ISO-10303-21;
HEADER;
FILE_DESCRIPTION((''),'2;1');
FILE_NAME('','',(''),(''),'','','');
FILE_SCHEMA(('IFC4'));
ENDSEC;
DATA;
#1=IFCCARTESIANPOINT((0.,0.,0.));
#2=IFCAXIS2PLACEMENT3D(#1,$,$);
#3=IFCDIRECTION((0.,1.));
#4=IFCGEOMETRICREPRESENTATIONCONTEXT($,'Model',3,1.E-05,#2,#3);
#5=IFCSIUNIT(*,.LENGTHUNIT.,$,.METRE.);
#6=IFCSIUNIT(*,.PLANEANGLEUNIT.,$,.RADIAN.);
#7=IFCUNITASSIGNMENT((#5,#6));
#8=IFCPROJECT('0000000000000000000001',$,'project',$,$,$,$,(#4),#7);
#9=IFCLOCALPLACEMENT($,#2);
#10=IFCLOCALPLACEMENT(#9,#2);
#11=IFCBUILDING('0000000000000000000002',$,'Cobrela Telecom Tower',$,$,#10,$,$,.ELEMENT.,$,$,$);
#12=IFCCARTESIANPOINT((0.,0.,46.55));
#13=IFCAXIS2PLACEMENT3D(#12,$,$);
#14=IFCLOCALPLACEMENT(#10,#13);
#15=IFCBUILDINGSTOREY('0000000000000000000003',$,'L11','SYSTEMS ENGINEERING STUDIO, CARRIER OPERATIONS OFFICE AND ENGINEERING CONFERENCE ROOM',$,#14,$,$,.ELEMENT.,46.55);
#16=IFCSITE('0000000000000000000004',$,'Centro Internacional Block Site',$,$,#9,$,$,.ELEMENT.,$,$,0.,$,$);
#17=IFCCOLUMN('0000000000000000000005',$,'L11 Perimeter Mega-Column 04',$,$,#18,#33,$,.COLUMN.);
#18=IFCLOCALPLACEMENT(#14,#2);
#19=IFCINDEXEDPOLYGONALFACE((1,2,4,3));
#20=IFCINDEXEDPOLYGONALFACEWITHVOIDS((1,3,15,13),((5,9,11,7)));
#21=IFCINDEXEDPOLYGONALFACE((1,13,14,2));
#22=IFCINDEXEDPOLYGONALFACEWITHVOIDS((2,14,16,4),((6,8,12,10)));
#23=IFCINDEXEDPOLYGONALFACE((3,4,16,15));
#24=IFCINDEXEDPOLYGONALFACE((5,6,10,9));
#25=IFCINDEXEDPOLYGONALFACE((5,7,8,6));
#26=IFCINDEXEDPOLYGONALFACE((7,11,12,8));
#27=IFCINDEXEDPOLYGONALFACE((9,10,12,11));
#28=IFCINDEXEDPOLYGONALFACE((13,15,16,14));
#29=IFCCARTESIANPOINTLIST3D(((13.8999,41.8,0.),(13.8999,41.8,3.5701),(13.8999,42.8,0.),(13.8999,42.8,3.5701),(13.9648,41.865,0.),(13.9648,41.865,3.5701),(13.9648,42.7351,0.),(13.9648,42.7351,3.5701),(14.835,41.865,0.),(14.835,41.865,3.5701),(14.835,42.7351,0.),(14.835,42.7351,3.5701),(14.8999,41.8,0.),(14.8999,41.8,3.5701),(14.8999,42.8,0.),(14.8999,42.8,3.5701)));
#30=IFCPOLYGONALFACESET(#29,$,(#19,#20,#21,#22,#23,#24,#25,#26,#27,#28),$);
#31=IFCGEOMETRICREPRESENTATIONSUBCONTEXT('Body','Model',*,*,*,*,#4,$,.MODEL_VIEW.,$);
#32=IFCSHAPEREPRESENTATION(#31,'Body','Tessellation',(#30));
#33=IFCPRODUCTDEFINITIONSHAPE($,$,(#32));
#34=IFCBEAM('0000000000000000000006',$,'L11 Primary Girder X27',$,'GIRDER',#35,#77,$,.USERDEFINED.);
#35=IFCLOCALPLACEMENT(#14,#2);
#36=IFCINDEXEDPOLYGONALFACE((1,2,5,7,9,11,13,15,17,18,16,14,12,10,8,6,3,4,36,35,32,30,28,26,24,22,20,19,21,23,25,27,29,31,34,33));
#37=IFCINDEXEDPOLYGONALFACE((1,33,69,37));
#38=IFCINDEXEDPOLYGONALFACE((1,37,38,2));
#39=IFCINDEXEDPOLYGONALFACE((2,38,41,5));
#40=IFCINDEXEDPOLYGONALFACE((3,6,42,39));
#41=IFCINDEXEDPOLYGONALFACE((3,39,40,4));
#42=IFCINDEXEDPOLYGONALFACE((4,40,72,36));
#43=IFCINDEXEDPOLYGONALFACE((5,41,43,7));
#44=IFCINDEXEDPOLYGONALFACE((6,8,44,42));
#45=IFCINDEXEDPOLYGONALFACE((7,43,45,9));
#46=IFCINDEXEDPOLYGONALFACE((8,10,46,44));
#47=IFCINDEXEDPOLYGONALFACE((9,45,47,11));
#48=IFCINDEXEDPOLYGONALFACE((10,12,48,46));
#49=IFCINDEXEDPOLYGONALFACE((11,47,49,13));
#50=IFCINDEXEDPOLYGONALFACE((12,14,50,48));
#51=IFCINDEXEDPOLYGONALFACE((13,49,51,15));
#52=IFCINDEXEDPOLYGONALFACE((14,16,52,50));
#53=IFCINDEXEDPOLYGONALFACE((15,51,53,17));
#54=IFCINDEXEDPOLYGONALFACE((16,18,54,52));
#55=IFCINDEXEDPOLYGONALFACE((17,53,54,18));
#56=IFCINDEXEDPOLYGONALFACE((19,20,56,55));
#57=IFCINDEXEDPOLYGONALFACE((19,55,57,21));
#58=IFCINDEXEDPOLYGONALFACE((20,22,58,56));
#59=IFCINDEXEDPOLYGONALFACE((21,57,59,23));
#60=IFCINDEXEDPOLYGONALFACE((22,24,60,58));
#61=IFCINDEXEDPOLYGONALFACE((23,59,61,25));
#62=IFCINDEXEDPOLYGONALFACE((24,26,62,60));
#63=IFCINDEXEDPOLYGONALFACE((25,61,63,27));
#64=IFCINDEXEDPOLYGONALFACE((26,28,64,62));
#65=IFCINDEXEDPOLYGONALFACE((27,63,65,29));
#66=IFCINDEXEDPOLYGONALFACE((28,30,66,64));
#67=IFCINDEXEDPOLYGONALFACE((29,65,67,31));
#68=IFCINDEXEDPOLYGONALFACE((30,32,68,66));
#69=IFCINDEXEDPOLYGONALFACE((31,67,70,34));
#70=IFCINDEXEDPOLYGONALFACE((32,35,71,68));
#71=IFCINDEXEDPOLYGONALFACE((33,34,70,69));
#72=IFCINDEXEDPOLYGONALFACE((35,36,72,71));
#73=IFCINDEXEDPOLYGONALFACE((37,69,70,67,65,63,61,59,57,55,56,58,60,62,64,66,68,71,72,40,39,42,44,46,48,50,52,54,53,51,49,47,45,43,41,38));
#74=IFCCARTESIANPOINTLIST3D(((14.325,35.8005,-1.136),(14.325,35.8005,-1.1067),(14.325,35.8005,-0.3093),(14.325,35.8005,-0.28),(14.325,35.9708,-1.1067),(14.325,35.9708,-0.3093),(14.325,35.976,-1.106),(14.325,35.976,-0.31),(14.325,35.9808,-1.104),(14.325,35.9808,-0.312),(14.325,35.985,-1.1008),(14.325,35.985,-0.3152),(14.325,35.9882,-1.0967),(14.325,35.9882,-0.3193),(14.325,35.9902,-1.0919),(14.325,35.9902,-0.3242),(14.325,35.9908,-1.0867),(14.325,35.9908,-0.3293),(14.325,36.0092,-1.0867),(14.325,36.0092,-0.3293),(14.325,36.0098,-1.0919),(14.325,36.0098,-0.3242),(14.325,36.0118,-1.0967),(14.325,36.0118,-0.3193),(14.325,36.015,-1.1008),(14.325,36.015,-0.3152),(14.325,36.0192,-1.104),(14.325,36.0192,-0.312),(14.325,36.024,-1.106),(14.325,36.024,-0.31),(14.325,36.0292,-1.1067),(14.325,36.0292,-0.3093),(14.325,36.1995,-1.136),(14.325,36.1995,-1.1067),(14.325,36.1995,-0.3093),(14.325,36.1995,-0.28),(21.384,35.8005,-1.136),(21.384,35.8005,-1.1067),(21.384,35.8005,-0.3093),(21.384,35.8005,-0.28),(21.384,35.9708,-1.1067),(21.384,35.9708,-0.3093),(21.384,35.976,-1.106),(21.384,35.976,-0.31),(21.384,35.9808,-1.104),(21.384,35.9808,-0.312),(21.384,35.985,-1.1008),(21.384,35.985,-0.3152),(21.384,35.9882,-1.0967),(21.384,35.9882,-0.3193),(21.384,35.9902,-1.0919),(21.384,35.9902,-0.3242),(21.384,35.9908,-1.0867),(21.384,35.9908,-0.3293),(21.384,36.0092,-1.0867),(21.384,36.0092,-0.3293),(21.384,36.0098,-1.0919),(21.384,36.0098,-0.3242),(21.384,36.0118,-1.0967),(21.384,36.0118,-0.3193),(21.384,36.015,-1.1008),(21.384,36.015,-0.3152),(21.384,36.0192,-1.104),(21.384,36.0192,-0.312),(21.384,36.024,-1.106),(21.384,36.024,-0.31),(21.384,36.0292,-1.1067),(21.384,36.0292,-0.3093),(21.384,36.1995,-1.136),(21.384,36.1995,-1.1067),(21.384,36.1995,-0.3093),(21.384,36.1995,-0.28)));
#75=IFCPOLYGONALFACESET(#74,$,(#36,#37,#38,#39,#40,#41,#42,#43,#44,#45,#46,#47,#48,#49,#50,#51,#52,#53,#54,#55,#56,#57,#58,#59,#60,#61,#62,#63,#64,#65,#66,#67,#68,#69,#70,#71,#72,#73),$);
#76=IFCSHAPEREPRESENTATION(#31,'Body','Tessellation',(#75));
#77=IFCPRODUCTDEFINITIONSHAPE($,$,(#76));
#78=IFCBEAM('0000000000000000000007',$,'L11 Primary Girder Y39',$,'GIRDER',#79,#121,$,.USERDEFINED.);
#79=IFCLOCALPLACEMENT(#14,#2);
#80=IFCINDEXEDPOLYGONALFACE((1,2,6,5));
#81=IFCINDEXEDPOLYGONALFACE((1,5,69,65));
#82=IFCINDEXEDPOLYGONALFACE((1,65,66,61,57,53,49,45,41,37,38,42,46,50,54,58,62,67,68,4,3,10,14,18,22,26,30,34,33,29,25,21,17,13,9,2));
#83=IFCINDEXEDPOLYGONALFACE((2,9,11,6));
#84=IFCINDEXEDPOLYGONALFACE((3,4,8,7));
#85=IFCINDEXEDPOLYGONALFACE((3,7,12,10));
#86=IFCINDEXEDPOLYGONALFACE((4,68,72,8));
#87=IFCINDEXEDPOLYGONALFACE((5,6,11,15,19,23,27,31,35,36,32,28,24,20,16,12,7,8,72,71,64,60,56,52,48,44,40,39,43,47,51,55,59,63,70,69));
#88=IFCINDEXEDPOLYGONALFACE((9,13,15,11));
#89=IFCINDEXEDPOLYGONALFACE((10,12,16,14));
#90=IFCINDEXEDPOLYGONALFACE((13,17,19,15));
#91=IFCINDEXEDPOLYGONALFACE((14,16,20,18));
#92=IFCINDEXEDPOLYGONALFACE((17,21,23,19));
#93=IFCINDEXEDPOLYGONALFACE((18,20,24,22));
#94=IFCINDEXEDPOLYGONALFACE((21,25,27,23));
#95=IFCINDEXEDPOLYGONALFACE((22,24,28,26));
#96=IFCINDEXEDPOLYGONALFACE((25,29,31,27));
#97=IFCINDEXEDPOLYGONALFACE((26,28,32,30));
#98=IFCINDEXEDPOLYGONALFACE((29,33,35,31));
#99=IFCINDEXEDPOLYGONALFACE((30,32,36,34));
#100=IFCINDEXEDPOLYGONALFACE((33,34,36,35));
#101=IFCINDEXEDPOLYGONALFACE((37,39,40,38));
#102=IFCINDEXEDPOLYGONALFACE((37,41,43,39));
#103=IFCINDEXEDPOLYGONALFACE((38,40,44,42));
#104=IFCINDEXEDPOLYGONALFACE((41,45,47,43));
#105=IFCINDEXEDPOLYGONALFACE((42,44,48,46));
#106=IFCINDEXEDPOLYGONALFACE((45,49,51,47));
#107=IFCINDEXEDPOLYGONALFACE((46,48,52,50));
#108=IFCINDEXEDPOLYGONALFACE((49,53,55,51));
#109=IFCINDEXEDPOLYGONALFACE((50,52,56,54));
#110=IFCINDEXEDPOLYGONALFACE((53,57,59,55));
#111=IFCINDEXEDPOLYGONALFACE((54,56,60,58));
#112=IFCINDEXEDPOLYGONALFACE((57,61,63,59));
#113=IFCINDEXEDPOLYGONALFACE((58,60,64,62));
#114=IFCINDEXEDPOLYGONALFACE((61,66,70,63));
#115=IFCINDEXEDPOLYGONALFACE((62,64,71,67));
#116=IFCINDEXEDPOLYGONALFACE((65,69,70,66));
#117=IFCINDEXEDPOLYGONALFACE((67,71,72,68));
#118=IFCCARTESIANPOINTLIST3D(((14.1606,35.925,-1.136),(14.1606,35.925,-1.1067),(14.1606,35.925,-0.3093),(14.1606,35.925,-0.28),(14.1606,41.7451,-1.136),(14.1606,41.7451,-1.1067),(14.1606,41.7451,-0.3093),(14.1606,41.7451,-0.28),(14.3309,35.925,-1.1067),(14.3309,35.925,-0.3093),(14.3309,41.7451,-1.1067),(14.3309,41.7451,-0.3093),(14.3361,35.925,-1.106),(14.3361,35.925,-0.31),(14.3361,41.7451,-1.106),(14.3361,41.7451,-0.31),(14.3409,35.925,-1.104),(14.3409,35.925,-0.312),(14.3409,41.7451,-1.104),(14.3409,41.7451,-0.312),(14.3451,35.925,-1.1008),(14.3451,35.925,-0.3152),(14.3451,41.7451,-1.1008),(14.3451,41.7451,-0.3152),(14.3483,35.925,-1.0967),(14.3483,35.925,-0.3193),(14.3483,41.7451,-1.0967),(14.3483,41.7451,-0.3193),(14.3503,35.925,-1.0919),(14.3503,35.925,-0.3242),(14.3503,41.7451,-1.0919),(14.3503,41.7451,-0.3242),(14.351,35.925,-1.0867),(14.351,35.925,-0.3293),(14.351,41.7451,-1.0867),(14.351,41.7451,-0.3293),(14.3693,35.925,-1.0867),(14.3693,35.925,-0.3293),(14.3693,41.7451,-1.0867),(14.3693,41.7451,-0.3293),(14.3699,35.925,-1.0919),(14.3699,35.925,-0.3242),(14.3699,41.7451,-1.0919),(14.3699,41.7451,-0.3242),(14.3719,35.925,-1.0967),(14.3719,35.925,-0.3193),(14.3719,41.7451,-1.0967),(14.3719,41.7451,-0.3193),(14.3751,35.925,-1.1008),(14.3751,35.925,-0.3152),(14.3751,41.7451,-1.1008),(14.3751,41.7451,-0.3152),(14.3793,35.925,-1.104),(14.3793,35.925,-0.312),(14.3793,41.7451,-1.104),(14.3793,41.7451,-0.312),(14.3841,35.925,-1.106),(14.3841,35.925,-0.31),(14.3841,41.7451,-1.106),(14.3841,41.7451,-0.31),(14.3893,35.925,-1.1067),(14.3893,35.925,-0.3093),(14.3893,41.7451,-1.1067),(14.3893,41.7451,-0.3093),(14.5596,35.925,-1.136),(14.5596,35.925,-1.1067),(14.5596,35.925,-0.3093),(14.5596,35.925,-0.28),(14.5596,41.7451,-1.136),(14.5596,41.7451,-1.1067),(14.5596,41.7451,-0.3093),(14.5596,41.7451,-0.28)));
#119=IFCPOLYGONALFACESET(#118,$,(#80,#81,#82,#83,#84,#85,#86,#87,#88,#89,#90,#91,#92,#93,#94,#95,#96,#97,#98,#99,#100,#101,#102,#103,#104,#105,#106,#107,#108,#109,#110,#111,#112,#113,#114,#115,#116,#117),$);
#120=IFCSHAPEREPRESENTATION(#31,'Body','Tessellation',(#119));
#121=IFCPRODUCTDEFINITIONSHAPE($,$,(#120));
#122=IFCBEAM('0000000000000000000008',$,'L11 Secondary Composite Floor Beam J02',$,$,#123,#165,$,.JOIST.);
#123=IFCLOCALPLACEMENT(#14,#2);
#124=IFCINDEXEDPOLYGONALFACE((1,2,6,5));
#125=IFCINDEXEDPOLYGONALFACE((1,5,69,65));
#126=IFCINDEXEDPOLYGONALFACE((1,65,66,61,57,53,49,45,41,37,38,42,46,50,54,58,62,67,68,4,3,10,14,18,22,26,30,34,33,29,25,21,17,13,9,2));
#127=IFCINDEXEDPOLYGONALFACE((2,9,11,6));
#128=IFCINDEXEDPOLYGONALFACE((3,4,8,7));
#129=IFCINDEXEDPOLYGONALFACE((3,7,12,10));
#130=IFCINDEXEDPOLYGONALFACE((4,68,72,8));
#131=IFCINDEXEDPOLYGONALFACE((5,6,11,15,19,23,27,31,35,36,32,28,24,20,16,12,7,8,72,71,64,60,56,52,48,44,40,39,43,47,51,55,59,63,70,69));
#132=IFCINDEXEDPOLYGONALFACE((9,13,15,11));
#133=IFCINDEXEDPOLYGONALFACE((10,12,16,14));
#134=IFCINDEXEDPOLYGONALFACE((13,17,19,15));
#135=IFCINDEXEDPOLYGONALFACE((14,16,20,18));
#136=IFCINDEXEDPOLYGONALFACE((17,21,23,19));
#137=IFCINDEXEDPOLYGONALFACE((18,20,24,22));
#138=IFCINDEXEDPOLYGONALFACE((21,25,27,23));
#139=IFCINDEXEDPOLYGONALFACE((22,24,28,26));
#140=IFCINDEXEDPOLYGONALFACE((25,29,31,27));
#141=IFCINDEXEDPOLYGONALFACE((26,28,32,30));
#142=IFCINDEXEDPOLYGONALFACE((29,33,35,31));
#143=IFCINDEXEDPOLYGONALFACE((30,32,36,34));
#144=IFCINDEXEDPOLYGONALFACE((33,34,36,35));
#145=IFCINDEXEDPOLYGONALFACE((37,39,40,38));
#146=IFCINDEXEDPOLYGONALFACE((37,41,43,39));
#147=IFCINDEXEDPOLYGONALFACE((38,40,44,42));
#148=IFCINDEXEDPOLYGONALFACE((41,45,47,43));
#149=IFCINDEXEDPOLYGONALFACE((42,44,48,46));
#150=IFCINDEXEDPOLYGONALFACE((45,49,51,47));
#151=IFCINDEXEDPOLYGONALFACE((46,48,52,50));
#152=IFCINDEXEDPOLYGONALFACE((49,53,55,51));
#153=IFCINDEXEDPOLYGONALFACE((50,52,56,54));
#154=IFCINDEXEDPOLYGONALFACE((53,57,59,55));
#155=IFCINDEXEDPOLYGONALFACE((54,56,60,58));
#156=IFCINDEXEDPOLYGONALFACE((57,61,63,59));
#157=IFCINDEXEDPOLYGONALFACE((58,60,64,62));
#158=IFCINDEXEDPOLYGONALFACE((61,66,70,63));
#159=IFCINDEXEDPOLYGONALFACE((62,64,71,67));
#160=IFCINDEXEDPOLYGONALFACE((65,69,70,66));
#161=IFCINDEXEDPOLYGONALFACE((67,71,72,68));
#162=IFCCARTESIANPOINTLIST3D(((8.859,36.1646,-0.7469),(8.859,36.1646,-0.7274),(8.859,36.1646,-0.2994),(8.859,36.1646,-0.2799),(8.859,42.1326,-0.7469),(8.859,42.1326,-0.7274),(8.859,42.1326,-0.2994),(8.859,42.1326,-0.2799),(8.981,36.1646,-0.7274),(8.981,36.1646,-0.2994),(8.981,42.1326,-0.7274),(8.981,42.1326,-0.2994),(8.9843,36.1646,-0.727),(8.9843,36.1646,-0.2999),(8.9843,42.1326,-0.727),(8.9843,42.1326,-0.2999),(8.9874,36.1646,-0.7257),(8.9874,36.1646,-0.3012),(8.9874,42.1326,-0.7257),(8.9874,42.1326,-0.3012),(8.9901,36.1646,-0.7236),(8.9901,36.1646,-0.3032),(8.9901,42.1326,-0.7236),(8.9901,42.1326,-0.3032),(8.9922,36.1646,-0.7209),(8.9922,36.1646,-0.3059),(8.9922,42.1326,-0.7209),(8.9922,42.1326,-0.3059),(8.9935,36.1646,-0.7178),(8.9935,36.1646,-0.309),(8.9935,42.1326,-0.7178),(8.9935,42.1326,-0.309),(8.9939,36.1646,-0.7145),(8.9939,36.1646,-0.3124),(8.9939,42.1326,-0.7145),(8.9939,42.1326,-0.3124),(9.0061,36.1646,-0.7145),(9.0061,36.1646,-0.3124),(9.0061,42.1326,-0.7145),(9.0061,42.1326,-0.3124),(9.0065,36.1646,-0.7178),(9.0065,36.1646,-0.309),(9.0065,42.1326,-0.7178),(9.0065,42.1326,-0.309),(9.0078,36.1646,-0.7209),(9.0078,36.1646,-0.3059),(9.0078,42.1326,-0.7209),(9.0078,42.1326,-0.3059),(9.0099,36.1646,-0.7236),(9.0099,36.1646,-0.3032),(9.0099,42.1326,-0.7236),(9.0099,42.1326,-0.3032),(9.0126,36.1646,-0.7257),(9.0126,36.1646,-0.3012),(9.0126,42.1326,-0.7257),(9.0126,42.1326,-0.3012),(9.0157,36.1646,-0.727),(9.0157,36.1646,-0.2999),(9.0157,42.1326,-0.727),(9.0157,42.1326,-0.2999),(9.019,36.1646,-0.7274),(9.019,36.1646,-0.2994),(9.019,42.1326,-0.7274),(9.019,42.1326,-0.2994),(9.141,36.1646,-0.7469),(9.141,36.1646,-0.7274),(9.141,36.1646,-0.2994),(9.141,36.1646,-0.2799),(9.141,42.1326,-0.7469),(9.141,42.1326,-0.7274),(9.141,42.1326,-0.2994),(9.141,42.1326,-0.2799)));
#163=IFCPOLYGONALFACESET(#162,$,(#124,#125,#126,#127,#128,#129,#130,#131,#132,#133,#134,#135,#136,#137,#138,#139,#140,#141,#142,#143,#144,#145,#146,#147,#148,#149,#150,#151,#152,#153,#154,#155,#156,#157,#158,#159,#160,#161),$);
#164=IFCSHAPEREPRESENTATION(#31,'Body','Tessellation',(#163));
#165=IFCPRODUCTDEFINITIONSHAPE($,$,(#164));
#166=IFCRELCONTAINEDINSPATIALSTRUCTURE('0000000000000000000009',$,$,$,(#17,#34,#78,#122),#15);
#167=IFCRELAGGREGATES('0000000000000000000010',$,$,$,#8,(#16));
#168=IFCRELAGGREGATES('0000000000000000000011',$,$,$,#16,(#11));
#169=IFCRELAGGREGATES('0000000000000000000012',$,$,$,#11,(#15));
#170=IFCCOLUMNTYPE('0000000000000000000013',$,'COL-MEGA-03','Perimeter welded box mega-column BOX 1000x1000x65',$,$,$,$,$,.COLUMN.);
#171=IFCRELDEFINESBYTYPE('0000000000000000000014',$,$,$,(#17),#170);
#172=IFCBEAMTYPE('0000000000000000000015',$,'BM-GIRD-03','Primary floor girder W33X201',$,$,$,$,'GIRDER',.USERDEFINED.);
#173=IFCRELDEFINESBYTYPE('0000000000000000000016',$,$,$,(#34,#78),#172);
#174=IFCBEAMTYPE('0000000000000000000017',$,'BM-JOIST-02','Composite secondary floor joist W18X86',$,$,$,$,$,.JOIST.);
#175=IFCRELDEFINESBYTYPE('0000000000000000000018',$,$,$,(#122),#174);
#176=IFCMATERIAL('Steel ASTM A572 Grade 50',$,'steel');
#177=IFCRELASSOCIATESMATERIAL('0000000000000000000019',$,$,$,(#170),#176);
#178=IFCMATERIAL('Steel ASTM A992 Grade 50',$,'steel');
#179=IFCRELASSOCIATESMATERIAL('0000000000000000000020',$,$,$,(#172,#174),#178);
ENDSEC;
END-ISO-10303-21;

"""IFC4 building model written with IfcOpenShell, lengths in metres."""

from ifc_helpers import new_model, si_unit, direction, frame, origin, origin_2d, place, context, subcontext, project, spatial, hollow_rectangle, i_section, extrude, material, material_profile, profile_set, type_object, element, save


model = new_model("IFC4")

# Units and contexts
model_context = context("Model", 3, precision=1e-05, world=origin(), true_north=direction((0.0, 1.0)))
body_context = subcontext(model_context, "Body", "Model", "MODEL_VIEW")
ifc_project = project(units=[si_unit("LENGTHUNIT", "METRE"), si_unit("PLANEANGLEUNIT", "RADIAN")], contexts=[model_context])

# Site, building, storey
site_placement = place(None, origin())
site = spatial("IfcSite", under=ifc_project, at=site_placement, Name="Centro Internacional Block Site", CompositionType="ELEMENT", RefElevation=0.0)
building_placement = place(site_placement, origin())
building = spatial("IfcBuilding", under=site, at=building_placement, Name="Cobrela Telecom Tower", CompositionType="ELEMENT")
storey_placement = place(building_placement, frame((0.0, 0.0, 46.55)))
storey = spatial("IfcBuildingStorey", under=building, at=storey_placement, Name="L11", Description="SYSTEMS ENGINEERING STUDIO, CARRIER OPERATIONS OFFICE AND ENGINEERING CONFERENCE ROOM", CompositionType="ELEMENT", Elevation=46.55)

# Column
ifc_material_1 = material(Name="Steel ASTM A572 Grade 50", Category="steel")
ifc_material_profile_1 = material_profile(ifc_material_1, hollow_rectangle(XDim=1.0, YDim=1.0, WallThickness=0.0649, at=origin_2d()), Name="BOX 1000x1000x65")
ifc_profile_set_1 = profile_set([ifc_material_profile_1], Name="Steel ASTM A572 Grade 50")
column_type = type_object("IfcColumnType", Name="COL-MEGA-03", Description="Perimeter welded box mega-column BOX 1000x1000x65", PredefinedType="COLUMN", material=ifc_profile_set_1)
column_placement = place(storey_placement, frame((14.3999, 42.3, 0.0), z_axis=(0.0, 0.0, 1.0), x_axis=(1.0, 0.0, 0.0)))
element("IfcColumn", 1, at=column_placement, inside=storey, type_object=column_type, Name="L11 Perimeter Mega-Column 04", PredefinedType="COLUMN", context=body_context, shape_type="SweptSolid", body=[
    extrude(hollow_rectangle(XDim=1.0, YDim=1.0, WallThickness=0.0649, at=origin_2d()), origin(), (0.0, 0.0, 1.0), 3.5701),
])

# Beams
ifc_material_2 = material(Name="Steel ASTM A992 Grade 50", Category="steel")
ifc_material_profile_2 = material_profile(ifc_material_2, i_section(OverallWidth=0.3989, OverallDepth=0.856, WebThickness=0.0183, FlangeThickness=0.0293, FilletRadius=0.02, at=origin_2d()), Name="W33X201")
ifc_profile_set_2 = profile_set([ifc_material_profile_2], Name="Steel ASTM A992 Grade 50")
beam_type_1 = type_object("IfcBeamType", Name="BM-GIRD-03", Description="Primary floor girder W33X201", ElementType="GIRDER", PredefinedType="USERDEFINED", material=ifc_profile_set_2)
beam_1_placement = place(storey_placement, frame((14.325, 36.0, -0.708), z_axis=(1.0, 0.0, 0.0), x_axis=(0.0, 1.0, 0.0)))
element("IfcBeam", 2, at=beam_1_placement, inside=storey, type_object=beam_type_1, Name="L11 Primary Girder X27", ObjectType="GIRDER", PredefinedType="USERDEFINED", context=body_context, shape_type="SweptSolid", body=[
    extrude(i_section(OverallWidth=0.3989, OverallDepth=0.856, WebThickness=0.0183, FlangeThickness=0.0293, FilletRadius=0.02, at=origin_2d()), origin(), (0.0, 0.0, 1.0), 7.0591),
])
beam_2_placement = place(storey_placement, frame((14.3601, 35.925, -0.708), z_axis=(0.0, 1.0, 0.0), x_axis=(-1.0, 0.0, 0.0)))
element("IfcBeam", 3, at=beam_2_placement, inside=storey, type_object=beam_type_1, Name="L11 Primary Girder Y39", ObjectType="GIRDER", PredefinedType="USERDEFINED", context=body_context, shape_type="SweptSolid", body=[
    extrude(i_section(OverallWidth=0.3989, OverallDepth=0.856, WebThickness=0.0183, FlangeThickness=0.0293, FilletRadius=0.02, at=origin_2d()), origin(), (0.0, 0.0, 1.0), 5.8201),
])
ifc_material_profile_3 = material_profile(ifc_material_2, i_section(OverallWidth=0.282, OverallDepth=0.467, WebThickness=0.0122, FlangeThickness=0.0195, FilletRadius=0.0129, at=origin_2d()), Name="W18X86")
ifc_profile_set_3 = profile_set([ifc_material_profile_3], Name="Steel ASTM A992 Grade 50")
beam_type_2 = type_object("IfcBeamType", Name="BM-JOIST-02", Description="Composite secondary floor joist W18X86", PredefinedType="JOIST", material=ifc_profile_set_3)
for number, where, z_axis, x_axis, name in (
    (4, (9.0, 36.1646, -0.5134), (0.0, 1.0, 0.0), (-1.0, 0.0, 0.0), "L11 Secondary Composite Floor Beam J02"),
):
    element("IfcBeam", number, at=place(storey_placement, frame(where, z_axis=z_axis, x_axis=x_axis)), inside=storey, type_object=beam_type_2, Name=name, PredefinedType="JOIST", context=body_context, shape_type="SweptSolid", body=[
        extrude(i_section(OverallWidth=0.282, OverallDepth=0.467, WebThickness=0.0122, FlangeThickness=0.0195, FilletRadius=0.0129, at=origin_2d()), origin(), (0.0, 0.0, 1.0), 5.968),
    ])

save(model, "model.ifc")
